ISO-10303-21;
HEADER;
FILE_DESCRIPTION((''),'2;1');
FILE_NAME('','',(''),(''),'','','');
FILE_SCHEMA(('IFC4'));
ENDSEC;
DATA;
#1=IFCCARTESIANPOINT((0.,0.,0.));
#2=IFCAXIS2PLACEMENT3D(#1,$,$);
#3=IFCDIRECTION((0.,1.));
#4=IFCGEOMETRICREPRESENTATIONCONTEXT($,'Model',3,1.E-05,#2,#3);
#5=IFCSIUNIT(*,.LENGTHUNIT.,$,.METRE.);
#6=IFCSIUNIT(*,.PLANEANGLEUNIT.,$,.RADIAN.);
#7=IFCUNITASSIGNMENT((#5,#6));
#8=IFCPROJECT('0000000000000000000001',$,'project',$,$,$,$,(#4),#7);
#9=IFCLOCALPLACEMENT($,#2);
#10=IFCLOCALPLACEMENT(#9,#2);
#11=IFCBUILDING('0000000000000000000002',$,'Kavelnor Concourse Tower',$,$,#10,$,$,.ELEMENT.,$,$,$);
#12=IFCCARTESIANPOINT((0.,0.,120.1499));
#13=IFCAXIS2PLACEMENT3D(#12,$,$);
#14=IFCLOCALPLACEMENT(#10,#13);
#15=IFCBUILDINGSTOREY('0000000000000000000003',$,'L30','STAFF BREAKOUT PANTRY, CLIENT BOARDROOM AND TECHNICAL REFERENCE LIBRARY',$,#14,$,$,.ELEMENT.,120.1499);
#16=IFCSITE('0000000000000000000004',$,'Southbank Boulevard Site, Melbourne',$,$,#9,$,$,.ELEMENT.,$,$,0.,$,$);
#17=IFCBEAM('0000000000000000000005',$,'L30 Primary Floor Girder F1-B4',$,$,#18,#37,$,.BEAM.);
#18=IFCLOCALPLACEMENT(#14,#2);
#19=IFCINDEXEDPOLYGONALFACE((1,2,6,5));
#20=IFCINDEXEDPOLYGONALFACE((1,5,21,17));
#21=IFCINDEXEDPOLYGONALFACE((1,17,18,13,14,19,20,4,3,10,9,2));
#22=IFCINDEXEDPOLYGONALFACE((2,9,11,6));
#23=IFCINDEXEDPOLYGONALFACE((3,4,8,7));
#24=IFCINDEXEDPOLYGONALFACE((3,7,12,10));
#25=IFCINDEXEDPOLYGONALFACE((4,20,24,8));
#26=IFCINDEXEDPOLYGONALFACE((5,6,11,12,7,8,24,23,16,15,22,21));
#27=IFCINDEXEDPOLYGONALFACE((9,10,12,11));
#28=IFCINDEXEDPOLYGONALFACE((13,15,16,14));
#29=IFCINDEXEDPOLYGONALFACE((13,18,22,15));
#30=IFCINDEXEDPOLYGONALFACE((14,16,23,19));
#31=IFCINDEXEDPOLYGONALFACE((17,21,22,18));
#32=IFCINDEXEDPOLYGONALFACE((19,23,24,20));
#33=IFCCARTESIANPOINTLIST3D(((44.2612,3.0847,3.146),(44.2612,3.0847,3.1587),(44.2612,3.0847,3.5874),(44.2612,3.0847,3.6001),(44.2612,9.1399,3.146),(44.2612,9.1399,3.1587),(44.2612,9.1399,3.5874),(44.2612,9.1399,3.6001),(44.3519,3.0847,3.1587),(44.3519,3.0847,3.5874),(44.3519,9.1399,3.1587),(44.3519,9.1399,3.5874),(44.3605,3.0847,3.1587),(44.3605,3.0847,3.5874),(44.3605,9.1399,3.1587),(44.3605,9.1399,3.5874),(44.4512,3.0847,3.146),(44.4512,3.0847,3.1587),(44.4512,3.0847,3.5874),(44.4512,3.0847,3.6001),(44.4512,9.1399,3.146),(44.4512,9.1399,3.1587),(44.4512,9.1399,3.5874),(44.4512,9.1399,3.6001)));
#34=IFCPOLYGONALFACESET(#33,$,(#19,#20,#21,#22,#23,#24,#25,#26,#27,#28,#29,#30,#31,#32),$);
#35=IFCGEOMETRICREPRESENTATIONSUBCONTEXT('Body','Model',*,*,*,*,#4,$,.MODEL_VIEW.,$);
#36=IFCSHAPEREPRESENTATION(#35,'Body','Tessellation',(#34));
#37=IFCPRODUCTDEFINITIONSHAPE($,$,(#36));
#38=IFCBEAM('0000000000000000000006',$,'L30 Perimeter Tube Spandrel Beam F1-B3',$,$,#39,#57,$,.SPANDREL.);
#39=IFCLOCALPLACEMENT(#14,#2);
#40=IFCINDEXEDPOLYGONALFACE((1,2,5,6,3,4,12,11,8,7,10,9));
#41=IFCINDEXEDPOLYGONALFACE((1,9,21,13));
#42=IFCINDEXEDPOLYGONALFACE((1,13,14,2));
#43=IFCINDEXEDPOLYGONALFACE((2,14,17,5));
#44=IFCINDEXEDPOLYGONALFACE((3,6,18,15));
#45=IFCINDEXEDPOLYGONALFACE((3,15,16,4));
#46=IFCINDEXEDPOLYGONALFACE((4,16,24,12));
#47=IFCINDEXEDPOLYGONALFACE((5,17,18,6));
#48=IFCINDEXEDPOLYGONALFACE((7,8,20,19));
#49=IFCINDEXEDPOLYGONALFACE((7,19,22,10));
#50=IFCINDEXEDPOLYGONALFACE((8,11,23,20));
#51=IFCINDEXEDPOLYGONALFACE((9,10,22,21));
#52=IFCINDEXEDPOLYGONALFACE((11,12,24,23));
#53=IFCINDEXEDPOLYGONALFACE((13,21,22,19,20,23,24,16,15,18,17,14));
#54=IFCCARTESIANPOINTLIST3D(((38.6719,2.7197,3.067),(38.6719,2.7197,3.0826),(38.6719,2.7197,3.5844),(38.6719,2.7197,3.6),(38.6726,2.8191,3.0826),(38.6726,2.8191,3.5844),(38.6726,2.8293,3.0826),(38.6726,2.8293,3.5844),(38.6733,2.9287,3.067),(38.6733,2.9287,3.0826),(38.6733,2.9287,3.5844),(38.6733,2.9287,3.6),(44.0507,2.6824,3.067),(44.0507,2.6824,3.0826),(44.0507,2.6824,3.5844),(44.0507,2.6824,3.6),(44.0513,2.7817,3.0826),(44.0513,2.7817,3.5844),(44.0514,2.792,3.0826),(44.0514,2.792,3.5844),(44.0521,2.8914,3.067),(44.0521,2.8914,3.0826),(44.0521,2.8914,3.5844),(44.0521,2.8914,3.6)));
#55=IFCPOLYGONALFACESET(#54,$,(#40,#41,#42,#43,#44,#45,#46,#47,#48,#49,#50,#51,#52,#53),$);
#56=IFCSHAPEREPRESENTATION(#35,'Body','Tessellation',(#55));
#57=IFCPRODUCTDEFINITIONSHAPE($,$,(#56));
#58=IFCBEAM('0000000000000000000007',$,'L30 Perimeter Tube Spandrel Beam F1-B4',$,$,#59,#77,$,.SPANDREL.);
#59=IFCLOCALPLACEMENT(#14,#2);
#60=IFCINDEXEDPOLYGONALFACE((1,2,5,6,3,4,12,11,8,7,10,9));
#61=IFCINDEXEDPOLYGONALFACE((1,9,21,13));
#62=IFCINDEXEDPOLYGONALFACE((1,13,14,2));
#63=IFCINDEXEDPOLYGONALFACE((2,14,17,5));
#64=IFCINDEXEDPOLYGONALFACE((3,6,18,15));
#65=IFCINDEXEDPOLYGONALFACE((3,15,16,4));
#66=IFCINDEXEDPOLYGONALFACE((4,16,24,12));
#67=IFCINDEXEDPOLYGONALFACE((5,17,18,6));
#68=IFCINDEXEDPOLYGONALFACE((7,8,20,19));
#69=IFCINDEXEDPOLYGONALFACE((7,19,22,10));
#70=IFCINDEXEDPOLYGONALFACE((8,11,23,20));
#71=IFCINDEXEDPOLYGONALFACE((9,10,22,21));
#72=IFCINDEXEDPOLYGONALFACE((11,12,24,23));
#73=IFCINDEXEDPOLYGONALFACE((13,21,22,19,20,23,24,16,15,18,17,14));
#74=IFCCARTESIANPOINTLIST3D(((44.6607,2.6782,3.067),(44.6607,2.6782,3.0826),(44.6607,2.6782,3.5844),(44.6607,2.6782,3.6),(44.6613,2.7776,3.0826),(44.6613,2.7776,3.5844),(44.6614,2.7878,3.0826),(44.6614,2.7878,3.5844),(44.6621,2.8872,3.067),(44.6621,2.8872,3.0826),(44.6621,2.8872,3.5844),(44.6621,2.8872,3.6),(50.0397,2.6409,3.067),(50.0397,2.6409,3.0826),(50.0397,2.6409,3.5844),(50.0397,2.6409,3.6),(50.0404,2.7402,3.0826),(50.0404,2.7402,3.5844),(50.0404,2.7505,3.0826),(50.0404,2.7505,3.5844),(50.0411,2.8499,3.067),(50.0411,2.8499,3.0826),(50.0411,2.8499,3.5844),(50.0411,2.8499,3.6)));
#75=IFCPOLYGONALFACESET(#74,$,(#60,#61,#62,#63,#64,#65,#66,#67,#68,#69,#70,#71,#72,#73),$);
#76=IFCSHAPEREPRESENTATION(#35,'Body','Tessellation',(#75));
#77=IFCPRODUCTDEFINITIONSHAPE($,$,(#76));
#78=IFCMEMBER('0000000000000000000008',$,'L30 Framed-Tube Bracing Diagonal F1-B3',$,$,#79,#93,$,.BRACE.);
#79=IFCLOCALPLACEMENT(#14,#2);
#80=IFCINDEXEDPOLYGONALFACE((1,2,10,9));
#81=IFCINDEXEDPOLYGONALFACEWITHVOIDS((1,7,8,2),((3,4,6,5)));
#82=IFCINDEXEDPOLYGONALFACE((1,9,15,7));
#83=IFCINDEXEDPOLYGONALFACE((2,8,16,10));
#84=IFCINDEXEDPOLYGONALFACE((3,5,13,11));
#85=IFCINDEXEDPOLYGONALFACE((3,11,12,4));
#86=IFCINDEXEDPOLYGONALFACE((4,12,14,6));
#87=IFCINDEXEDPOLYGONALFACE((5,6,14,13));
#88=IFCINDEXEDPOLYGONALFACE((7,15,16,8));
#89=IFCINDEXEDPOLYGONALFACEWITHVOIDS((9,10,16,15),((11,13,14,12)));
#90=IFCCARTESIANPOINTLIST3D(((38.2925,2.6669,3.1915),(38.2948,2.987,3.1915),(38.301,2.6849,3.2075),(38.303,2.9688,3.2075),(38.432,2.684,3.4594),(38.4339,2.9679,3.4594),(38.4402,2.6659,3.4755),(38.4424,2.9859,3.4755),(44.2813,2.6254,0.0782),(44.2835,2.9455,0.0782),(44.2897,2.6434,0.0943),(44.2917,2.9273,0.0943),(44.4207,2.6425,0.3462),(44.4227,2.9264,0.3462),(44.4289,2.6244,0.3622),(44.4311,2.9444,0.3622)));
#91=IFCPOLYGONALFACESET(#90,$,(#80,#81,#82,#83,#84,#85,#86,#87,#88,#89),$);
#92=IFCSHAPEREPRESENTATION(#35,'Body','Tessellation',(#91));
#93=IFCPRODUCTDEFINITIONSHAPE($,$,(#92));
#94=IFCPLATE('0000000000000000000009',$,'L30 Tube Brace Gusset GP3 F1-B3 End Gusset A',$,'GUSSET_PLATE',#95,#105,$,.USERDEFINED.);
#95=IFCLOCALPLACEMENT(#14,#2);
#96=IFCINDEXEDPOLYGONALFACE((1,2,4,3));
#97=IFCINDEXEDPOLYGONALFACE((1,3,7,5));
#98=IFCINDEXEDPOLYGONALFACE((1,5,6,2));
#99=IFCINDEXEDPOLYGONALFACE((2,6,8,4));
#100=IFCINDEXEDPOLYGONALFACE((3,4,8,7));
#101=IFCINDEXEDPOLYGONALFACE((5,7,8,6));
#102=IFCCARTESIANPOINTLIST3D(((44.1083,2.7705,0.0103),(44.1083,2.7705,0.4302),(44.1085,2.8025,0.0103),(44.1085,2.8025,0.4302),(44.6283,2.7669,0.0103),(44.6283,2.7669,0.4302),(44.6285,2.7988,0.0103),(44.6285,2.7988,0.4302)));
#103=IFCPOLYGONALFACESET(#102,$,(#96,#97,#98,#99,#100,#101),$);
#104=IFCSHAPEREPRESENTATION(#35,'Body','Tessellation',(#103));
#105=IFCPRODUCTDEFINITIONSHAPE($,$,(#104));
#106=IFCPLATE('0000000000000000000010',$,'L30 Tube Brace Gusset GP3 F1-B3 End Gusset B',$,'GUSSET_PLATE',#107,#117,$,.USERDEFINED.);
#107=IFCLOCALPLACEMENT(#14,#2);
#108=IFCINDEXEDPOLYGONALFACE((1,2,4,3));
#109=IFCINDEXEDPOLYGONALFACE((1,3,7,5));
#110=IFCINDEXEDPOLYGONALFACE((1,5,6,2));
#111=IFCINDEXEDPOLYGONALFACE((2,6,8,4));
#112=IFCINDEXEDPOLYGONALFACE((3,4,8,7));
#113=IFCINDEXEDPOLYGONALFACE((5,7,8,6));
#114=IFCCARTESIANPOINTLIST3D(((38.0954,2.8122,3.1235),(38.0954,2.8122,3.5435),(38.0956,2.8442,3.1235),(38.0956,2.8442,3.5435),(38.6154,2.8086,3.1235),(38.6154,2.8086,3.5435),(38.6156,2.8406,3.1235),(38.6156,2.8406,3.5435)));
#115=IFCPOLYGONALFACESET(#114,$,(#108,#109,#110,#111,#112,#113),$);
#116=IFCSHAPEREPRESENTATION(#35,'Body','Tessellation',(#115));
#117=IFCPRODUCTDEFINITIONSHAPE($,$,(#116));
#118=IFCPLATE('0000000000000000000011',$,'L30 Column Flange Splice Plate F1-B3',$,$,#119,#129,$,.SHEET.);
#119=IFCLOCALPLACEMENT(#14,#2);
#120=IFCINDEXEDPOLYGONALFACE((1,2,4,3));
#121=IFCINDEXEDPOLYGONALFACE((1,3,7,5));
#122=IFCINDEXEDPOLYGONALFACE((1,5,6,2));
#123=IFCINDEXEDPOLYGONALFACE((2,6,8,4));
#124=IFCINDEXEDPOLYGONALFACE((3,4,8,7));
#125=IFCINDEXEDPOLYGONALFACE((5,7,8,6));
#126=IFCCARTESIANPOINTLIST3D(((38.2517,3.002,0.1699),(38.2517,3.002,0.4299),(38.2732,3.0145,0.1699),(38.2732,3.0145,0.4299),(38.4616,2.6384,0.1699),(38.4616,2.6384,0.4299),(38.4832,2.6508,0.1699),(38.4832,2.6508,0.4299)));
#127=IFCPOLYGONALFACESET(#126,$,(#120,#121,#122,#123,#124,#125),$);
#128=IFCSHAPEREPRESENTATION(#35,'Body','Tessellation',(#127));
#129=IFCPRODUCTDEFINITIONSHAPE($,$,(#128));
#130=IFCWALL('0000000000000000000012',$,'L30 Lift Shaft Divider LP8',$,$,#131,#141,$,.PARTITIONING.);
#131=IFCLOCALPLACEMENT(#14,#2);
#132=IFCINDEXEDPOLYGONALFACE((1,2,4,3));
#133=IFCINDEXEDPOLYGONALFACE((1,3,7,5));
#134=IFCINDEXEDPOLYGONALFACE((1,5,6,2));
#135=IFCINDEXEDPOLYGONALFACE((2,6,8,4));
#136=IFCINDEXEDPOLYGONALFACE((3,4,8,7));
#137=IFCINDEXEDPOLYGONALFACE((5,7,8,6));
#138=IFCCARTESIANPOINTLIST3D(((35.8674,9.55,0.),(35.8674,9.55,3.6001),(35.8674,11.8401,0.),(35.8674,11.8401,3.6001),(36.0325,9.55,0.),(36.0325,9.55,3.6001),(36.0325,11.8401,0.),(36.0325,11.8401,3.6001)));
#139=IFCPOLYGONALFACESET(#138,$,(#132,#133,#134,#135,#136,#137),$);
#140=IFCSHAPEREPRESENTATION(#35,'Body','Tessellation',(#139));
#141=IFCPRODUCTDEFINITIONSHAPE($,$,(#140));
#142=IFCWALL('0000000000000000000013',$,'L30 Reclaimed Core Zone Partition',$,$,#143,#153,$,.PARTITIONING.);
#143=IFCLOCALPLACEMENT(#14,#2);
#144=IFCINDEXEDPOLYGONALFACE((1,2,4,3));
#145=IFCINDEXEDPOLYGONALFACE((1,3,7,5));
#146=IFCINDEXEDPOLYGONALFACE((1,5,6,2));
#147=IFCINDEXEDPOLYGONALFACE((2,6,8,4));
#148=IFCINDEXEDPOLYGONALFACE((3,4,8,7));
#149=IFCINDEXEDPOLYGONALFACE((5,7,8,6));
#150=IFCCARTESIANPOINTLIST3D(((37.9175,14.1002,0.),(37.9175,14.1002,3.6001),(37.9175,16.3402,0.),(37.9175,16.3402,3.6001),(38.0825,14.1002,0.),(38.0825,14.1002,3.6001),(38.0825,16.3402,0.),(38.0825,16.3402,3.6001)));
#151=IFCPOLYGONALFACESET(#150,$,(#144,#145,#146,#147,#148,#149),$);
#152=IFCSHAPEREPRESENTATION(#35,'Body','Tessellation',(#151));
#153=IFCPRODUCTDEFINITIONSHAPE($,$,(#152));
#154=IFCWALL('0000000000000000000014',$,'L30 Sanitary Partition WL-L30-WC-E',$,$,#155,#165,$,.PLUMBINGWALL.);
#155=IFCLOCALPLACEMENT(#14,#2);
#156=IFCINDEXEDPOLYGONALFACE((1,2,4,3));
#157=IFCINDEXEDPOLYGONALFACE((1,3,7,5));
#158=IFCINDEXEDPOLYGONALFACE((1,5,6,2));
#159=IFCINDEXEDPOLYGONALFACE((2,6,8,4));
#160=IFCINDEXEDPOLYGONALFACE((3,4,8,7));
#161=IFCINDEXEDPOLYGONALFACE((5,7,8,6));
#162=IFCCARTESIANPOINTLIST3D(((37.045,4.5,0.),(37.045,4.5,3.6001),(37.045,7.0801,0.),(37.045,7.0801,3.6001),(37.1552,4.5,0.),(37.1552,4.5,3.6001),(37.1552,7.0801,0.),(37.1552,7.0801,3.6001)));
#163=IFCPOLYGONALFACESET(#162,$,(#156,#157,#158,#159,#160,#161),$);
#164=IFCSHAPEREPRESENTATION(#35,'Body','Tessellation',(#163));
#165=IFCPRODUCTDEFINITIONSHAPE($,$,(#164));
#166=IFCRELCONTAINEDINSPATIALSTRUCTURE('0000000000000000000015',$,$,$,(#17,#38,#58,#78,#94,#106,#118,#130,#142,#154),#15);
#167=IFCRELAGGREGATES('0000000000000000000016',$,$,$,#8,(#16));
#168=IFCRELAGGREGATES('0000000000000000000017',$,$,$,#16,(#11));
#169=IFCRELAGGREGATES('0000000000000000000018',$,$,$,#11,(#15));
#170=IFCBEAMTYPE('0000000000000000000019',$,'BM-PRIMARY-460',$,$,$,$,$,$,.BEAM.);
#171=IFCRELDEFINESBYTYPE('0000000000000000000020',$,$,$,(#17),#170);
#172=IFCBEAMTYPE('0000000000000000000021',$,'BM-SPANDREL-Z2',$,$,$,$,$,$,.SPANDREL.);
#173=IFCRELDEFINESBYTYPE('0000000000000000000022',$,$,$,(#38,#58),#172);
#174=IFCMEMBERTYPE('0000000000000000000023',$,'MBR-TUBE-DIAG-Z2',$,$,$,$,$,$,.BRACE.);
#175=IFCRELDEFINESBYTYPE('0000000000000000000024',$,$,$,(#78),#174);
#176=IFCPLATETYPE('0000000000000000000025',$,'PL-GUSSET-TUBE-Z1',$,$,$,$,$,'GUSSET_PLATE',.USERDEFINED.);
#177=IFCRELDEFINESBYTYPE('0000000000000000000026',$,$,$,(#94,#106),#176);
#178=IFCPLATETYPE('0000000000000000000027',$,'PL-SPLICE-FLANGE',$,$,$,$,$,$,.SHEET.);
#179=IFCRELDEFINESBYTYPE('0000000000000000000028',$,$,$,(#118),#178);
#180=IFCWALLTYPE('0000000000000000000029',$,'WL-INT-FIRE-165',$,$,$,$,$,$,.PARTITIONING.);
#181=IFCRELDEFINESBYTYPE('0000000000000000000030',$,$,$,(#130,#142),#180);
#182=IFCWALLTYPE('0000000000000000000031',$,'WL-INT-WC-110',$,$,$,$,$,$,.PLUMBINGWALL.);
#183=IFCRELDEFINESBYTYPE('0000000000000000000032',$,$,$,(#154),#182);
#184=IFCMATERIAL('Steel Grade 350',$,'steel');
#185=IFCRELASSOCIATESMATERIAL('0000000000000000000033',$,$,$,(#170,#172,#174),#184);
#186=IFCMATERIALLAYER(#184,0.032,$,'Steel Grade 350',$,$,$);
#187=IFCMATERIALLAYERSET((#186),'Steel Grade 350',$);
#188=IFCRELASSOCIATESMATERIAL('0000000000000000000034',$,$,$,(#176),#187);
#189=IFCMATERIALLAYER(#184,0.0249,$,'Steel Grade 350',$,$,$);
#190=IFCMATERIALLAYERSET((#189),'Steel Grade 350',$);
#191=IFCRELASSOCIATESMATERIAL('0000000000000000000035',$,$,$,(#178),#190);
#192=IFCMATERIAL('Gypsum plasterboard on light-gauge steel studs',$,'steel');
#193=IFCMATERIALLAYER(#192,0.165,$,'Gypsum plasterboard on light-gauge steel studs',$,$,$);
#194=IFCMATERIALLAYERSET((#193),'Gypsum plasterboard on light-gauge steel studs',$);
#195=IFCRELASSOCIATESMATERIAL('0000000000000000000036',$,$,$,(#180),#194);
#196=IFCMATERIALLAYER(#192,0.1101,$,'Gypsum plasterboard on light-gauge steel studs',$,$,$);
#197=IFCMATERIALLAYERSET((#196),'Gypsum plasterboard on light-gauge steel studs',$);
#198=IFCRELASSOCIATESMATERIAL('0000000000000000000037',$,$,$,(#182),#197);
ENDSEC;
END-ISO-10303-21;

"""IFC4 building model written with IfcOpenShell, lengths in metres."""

from ifc_helpers import new_model, si_unit, direction, frame, frame_2d, origin, origin_2d, place, context, subcontext, project, spatial, rectangle, hollow_rectangle, i_section, extrude, material, layer, layer_set, material_profile, profile_set, type_object, element, save


model = new_model("IFC4")

# Units and contexts
model_context = context("Model", 3, precision=1e-05, world=origin(), true_north=direction((0.0, 1.0)))
body_context = subcontext(model_context, "Body", "Model", "MODEL_VIEW")
ifc_project = project(units=[si_unit("LENGTHUNIT", "METRE"), si_unit("PLANEANGLEUNIT", "RADIAN")], contexts=[model_context])

# Site, building, storey
site_placement = place(None, origin())
site = spatial("IfcSite", under=ifc_project, at=site_placement, Name="Southbank Boulevard Site, Melbourne", CompositionType="ELEMENT", RefElevation=0.0)
building_placement = place(site_placement, origin())
building = spatial("IfcBuilding", under=site, at=building_placement, Name="Kavelnor Concourse Tower", CompositionType="ELEMENT")
storey_placement = place(building_placement, frame((0.0, 0.0, 120.1499)))
storey = spatial("IfcBuildingStorey", under=building, at=storey_placement, Name="L30", Description="STAFF BREAKOUT PANTRY, CLIENT BOARDROOM AND TECHNICAL REFERENCE LIBRARY", CompositionType="ELEMENT", Elevation=120.1499)

# Shared definitions
ifc_material_1 = material(Name="Steel Grade 350", Category="steel")

# Beams
ifc_material_profile_1 = material_profile(ifc_material_1, i_section(OverallWidth=0.1899, OverallDepth=0.4541, WebThickness=0.0085, FlangeThickness=0.0127, at=origin_2d()), Name="460UB67")
ifc_profile_set_1 = profile_set([ifc_material_profile_1], Name="Steel Grade 350")
beam_type_1 = type_object("IfcBeamType", Name="BM-PRIMARY-460", PredefinedType="BEAM", material=ifc_profile_set_1)
beam_1_placement = place(storey_placement, frame((44.3562, 9.1399, 3.373), z_axis=(0.0, -1.0, 0.0), x_axis=(1.0, 0.0, 0.0)))
element("IfcBeam", 1, at=beam_1_placement, inside=storey, type_object=beam_type_1, Name="L30 Primary Floor Girder F1-B4", PredefinedType="BEAM", context=body_context, shape_type="SweptSolid", body=[
    extrude(i_section(OverallWidth=0.1899, OverallDepth=0.4541, WebThickness=0.0085, FlangeThickness=0.0127, at=origin_2d()), origin(), (0.0, 0.0, 1.0), 6.0552),
])
ifc_material_profile_2 = material_profile(ifc_material_1, i_section(OverallWidth=0.209, OverallDepth=0.533, WebThickness=0.0103, FlangeThickness=0.0156, at=origin_2d()), Name="530UB92")
ifc_profile_set_2 = profile_set([ifc_material_profile_2], Name="Steel Grade 350")
beam_type_2 = type_object("IfcBeamType", Name="BM-SPANDREL-Z2", PredefinedType="SPANDREL", material=ifc_profile_set_2)
beam_2_placement = place(storey_placement, frame((38.6726, 2.8242, 3.3335), z_axis=(0.999976, -0.006945, 0.0), x_axis=(0.006945, 0.999976, 0.0)))
element("IfcBeam", 2, at=beam_2_placement, inside=storey, type_object=beam_type_2, Name="L30 Perimeter Tube Spandrel Beam F1-B3", PredefinedType="SPANDREL", context=body_context, shape_type="SweptSolid", body=[
    extrude(i_section(OverallWidth=0.209, OverallDepth=0.533, WebThickness=0.0103, FlangeThickness=0.0156, at=origin_2d()), origin(), (0.0, 0.0, 1.0), 5.3789),
])
beam_3_placement = place(storey_placement, frame((44.6614, 2.7827, 3.3335), z_axis=(0.999976, -0.006944, 0.0), x_axis=(0.006944, 0.999976, 0.0)))
element("IfcBeam", 3, at=beam_3_placement, inside=storey, type_object=beam_type_2, Name="L30 Perimeter Tube Spandrel Beam F1-B4", PredefinedType="SPANDREL", context=body_context, shape_type="SweptSolid", body=[
    extrude(i_section(OverallWidth=0.209, OverallDepth=0.533, WebThickness=0.0103, FlangeThickness=0.0156, at=origin_2d()), origin(), (0.0, 0.0, 1.0), 5.3792),
])

# Member
ifc_material_profile_3 = material_profile(ifc_material_1, hollow_rectangle(XDim=0.3201, YDim=0.3201, WallThickness=0.0181, at=origin_2d()), Name="SHS 320x320x18")
ifc_profile_set_3 = profile_set([ifc_material_profile_3], Name="Steel Grade 350")
member_type = type_object("IfcMemberType", Name="MBR-TUBE-DIAG-Z2", PredefinedType="BRACE", material=ifc_profile_set_3)
member_placement = place(storey_placement, frame((44.3562, 2.7849, 0.2202), z_axis=(-0.887253, 0.006149, 0.461242), x_axis=(-0.00693, -0.999976, 0.0)))
element("IfcMember", 4, at=member_placement, inside=storey, type_object=member_type, Name="L30 Framed-Tube Bracing Diagonal F1-B3", PredefinedType="BRACE", context=body_context, shape_type="SweptSolid", body=[
    extrude(hollow_rectangle(XDim=0.3201, YDim=0.3201, WallThickness=0.0181, at=origin_2d()), origin(), (0.0, 0.0, 1.0), 6.7498),
])

# Plates
ifc_layer_1 = layer(ifc_material_1, 0.032, Name="Steel Grade 350")
ifc_layer_set_1 = layer_set([ifc_layer_1], Name="Steel Grade 350")
plate_type_1 = type_object("IfcPlateType", Name="PL-GUSSET-TUBE-Z1", ElementType="GUSSET_PLATE", PredefinedType="USERDEFINED", material=ifc_layer_set_1)
for number, where, z_axis, x_axis, name in (
    (5, (44.3684, 2.7847, 0.0103), (0.0, 0.0, 1.0), (-0.999976, 0.006981, 0.0), "L30 Tube Brace Gusset GP3 F1-B3 End Gusset A"),
    (6, (38.3555, 2.8264, 3.1235), (0.0, 0.0, 1.0), (-0.999976, 0.006981, 0.0), "L30 Tube Brace Gusset GP3 F1-B3 End Gusset B"),
):
    element("IfcPlate", number, at=place(storey_placement, frame(where, z_axis=z_axis, x_axis=x_axis)), inside=storey, type_object=plate_type_1, Name=name, ObjectType="GUSSET_PLATE", PredefinedType="USERDEFINED", context=body_context, shape_type="SweptSolid", body=[
        extrude(rectangle(XDim=0.52, YDim=0.032, at=origin_2d()), origin(), (0.0, 0.0, 1.0), 0.4199),
    ])
ifc_layer_2 = layer(ifc_material_1, 0.0249, Name="Steel Grade 350")
ifc_layer_set_2 = layer_set([ifc_layer_2], Name="Steel Grade 350")
plate_type_2 = type_object("IfcPlateType", Name="PL-SPLICE-FLANGE", PredefinedType="SHEET", material=ifc_layer_set_2)
plate_placement = place(storey_placement, frame((38.3674, 2.8264, 0.1699), z_axis=(0.0, 0.0, 1.0), x_axis=(-0.5, 0.866025, 0.0)))
element("IfcPlate", 7, at=plate_placement, inside=storey, type_object=plate_type_2, Name="L30 Column Flange Splice Plate F1-B3", PredefinedType="SHEET", context=body_context, shape_type="SweptSolid", body=[
    extrude(rectangle(XDim=0.4199, YDim=0.0249, at=origin_2d()), origin(), (0.0, 0.0, 1.0), 0.26),
])

# Walls
ifc_material_2 = material(Name="Gypsum plasterboard on light-gauge steel studs", Category="steel")
ifc_layer_3 = layer(ifc_material_2, 0.165, Name="Gypsum plasterboard on light-gauge steel studs")
ifc_layer_set_3 = layer_set([ifc_layer_3], Name="Gypsum plasterboard on light-gauge steel studs")
wall_type_1 = type_object("IfcWallType", Name="WL-INT-FIRE-165", PredefinedType="PARTITIONING", material=ifc_layer_set_3)
wall_1_placement = place(storey_placement, frame((35.95, 9.55, 0.0), z_axis=(0.0, 0.0, 1.0), x_axis=(0.0, 1.0, 0.0)))
element("IfcWall", 8, at=wall_1_placement, inside=storey, type_object=wall_type_1, Name="L30 Lift Shaft Divider LP8", PredefinedType="PARTITIONING", context=body_context, shape_type="SweptSolid", body=[
    extrude(rectangle(XDim=2.29, YDim=0.165, at=frame_2d((1.145, 0.0))), origin(), (0.0, 0.0, 1.0), 3.6001),
])
wall_2_placement = place(storey_placement, frame((38.0, 14.1001, 0.0), z_axis=(0.0, 0.0, 1.0), x_axis=(0.0, 1.0, 0.0)))
element("IfcWall", 9, at=wall_2_placement, inside=storey, type_object=wall_type_1, Name="L30 Reclaimed Core Zone Partition", PredefinedType="PARTITIONING", context=body_context, shape_type="SweptSolid", body=[
    extrude(rectangle(XDim=2.24, YDim=0.165, at=frame_2d((1.1201, 0.0))), origin(), (0.0, 0.0, 1.0), 3.6001),
])
ifc_layer_4 = layer(ifc_material_2, 0.1101, Name="Gypsum plasterboard on light-gauge steel studs")
ifc_layer_set_4 = layer_set([ifc_layer_4], Name="Gypsum plasterboard on light-gauge steel studs")
wall_type_2 = type_object("IfcWallType", Name="WL-INT-WC-110", PredefinedType="PLUMBINGWALL", material=ifc_layer_set_4)
wall_3_placement = place(storey_placement, frame((37.1001, 4.5, 0.0), z_axis=(0.0, 0.0, 1.0), x_axis=(0.0, 1.0, 0.0)))
element("IfcWall", 10, at=wall_3_placement, inside=storey, type_object=wall_type_2, Name="L30 Sanitary Partition WL-L30-WC-E", PredefinedType="PLUMBINGWALL", context=body_context, shape_type="SweptSolid", body=[
    extrude(rectangle(XDim=2.5801, YDim=0.1101, at=frame_2d((1.29, 0.0))), origin(), (0.0, 0.0, 1.0), 3.6001),
])

save(model, "model.ifc")
